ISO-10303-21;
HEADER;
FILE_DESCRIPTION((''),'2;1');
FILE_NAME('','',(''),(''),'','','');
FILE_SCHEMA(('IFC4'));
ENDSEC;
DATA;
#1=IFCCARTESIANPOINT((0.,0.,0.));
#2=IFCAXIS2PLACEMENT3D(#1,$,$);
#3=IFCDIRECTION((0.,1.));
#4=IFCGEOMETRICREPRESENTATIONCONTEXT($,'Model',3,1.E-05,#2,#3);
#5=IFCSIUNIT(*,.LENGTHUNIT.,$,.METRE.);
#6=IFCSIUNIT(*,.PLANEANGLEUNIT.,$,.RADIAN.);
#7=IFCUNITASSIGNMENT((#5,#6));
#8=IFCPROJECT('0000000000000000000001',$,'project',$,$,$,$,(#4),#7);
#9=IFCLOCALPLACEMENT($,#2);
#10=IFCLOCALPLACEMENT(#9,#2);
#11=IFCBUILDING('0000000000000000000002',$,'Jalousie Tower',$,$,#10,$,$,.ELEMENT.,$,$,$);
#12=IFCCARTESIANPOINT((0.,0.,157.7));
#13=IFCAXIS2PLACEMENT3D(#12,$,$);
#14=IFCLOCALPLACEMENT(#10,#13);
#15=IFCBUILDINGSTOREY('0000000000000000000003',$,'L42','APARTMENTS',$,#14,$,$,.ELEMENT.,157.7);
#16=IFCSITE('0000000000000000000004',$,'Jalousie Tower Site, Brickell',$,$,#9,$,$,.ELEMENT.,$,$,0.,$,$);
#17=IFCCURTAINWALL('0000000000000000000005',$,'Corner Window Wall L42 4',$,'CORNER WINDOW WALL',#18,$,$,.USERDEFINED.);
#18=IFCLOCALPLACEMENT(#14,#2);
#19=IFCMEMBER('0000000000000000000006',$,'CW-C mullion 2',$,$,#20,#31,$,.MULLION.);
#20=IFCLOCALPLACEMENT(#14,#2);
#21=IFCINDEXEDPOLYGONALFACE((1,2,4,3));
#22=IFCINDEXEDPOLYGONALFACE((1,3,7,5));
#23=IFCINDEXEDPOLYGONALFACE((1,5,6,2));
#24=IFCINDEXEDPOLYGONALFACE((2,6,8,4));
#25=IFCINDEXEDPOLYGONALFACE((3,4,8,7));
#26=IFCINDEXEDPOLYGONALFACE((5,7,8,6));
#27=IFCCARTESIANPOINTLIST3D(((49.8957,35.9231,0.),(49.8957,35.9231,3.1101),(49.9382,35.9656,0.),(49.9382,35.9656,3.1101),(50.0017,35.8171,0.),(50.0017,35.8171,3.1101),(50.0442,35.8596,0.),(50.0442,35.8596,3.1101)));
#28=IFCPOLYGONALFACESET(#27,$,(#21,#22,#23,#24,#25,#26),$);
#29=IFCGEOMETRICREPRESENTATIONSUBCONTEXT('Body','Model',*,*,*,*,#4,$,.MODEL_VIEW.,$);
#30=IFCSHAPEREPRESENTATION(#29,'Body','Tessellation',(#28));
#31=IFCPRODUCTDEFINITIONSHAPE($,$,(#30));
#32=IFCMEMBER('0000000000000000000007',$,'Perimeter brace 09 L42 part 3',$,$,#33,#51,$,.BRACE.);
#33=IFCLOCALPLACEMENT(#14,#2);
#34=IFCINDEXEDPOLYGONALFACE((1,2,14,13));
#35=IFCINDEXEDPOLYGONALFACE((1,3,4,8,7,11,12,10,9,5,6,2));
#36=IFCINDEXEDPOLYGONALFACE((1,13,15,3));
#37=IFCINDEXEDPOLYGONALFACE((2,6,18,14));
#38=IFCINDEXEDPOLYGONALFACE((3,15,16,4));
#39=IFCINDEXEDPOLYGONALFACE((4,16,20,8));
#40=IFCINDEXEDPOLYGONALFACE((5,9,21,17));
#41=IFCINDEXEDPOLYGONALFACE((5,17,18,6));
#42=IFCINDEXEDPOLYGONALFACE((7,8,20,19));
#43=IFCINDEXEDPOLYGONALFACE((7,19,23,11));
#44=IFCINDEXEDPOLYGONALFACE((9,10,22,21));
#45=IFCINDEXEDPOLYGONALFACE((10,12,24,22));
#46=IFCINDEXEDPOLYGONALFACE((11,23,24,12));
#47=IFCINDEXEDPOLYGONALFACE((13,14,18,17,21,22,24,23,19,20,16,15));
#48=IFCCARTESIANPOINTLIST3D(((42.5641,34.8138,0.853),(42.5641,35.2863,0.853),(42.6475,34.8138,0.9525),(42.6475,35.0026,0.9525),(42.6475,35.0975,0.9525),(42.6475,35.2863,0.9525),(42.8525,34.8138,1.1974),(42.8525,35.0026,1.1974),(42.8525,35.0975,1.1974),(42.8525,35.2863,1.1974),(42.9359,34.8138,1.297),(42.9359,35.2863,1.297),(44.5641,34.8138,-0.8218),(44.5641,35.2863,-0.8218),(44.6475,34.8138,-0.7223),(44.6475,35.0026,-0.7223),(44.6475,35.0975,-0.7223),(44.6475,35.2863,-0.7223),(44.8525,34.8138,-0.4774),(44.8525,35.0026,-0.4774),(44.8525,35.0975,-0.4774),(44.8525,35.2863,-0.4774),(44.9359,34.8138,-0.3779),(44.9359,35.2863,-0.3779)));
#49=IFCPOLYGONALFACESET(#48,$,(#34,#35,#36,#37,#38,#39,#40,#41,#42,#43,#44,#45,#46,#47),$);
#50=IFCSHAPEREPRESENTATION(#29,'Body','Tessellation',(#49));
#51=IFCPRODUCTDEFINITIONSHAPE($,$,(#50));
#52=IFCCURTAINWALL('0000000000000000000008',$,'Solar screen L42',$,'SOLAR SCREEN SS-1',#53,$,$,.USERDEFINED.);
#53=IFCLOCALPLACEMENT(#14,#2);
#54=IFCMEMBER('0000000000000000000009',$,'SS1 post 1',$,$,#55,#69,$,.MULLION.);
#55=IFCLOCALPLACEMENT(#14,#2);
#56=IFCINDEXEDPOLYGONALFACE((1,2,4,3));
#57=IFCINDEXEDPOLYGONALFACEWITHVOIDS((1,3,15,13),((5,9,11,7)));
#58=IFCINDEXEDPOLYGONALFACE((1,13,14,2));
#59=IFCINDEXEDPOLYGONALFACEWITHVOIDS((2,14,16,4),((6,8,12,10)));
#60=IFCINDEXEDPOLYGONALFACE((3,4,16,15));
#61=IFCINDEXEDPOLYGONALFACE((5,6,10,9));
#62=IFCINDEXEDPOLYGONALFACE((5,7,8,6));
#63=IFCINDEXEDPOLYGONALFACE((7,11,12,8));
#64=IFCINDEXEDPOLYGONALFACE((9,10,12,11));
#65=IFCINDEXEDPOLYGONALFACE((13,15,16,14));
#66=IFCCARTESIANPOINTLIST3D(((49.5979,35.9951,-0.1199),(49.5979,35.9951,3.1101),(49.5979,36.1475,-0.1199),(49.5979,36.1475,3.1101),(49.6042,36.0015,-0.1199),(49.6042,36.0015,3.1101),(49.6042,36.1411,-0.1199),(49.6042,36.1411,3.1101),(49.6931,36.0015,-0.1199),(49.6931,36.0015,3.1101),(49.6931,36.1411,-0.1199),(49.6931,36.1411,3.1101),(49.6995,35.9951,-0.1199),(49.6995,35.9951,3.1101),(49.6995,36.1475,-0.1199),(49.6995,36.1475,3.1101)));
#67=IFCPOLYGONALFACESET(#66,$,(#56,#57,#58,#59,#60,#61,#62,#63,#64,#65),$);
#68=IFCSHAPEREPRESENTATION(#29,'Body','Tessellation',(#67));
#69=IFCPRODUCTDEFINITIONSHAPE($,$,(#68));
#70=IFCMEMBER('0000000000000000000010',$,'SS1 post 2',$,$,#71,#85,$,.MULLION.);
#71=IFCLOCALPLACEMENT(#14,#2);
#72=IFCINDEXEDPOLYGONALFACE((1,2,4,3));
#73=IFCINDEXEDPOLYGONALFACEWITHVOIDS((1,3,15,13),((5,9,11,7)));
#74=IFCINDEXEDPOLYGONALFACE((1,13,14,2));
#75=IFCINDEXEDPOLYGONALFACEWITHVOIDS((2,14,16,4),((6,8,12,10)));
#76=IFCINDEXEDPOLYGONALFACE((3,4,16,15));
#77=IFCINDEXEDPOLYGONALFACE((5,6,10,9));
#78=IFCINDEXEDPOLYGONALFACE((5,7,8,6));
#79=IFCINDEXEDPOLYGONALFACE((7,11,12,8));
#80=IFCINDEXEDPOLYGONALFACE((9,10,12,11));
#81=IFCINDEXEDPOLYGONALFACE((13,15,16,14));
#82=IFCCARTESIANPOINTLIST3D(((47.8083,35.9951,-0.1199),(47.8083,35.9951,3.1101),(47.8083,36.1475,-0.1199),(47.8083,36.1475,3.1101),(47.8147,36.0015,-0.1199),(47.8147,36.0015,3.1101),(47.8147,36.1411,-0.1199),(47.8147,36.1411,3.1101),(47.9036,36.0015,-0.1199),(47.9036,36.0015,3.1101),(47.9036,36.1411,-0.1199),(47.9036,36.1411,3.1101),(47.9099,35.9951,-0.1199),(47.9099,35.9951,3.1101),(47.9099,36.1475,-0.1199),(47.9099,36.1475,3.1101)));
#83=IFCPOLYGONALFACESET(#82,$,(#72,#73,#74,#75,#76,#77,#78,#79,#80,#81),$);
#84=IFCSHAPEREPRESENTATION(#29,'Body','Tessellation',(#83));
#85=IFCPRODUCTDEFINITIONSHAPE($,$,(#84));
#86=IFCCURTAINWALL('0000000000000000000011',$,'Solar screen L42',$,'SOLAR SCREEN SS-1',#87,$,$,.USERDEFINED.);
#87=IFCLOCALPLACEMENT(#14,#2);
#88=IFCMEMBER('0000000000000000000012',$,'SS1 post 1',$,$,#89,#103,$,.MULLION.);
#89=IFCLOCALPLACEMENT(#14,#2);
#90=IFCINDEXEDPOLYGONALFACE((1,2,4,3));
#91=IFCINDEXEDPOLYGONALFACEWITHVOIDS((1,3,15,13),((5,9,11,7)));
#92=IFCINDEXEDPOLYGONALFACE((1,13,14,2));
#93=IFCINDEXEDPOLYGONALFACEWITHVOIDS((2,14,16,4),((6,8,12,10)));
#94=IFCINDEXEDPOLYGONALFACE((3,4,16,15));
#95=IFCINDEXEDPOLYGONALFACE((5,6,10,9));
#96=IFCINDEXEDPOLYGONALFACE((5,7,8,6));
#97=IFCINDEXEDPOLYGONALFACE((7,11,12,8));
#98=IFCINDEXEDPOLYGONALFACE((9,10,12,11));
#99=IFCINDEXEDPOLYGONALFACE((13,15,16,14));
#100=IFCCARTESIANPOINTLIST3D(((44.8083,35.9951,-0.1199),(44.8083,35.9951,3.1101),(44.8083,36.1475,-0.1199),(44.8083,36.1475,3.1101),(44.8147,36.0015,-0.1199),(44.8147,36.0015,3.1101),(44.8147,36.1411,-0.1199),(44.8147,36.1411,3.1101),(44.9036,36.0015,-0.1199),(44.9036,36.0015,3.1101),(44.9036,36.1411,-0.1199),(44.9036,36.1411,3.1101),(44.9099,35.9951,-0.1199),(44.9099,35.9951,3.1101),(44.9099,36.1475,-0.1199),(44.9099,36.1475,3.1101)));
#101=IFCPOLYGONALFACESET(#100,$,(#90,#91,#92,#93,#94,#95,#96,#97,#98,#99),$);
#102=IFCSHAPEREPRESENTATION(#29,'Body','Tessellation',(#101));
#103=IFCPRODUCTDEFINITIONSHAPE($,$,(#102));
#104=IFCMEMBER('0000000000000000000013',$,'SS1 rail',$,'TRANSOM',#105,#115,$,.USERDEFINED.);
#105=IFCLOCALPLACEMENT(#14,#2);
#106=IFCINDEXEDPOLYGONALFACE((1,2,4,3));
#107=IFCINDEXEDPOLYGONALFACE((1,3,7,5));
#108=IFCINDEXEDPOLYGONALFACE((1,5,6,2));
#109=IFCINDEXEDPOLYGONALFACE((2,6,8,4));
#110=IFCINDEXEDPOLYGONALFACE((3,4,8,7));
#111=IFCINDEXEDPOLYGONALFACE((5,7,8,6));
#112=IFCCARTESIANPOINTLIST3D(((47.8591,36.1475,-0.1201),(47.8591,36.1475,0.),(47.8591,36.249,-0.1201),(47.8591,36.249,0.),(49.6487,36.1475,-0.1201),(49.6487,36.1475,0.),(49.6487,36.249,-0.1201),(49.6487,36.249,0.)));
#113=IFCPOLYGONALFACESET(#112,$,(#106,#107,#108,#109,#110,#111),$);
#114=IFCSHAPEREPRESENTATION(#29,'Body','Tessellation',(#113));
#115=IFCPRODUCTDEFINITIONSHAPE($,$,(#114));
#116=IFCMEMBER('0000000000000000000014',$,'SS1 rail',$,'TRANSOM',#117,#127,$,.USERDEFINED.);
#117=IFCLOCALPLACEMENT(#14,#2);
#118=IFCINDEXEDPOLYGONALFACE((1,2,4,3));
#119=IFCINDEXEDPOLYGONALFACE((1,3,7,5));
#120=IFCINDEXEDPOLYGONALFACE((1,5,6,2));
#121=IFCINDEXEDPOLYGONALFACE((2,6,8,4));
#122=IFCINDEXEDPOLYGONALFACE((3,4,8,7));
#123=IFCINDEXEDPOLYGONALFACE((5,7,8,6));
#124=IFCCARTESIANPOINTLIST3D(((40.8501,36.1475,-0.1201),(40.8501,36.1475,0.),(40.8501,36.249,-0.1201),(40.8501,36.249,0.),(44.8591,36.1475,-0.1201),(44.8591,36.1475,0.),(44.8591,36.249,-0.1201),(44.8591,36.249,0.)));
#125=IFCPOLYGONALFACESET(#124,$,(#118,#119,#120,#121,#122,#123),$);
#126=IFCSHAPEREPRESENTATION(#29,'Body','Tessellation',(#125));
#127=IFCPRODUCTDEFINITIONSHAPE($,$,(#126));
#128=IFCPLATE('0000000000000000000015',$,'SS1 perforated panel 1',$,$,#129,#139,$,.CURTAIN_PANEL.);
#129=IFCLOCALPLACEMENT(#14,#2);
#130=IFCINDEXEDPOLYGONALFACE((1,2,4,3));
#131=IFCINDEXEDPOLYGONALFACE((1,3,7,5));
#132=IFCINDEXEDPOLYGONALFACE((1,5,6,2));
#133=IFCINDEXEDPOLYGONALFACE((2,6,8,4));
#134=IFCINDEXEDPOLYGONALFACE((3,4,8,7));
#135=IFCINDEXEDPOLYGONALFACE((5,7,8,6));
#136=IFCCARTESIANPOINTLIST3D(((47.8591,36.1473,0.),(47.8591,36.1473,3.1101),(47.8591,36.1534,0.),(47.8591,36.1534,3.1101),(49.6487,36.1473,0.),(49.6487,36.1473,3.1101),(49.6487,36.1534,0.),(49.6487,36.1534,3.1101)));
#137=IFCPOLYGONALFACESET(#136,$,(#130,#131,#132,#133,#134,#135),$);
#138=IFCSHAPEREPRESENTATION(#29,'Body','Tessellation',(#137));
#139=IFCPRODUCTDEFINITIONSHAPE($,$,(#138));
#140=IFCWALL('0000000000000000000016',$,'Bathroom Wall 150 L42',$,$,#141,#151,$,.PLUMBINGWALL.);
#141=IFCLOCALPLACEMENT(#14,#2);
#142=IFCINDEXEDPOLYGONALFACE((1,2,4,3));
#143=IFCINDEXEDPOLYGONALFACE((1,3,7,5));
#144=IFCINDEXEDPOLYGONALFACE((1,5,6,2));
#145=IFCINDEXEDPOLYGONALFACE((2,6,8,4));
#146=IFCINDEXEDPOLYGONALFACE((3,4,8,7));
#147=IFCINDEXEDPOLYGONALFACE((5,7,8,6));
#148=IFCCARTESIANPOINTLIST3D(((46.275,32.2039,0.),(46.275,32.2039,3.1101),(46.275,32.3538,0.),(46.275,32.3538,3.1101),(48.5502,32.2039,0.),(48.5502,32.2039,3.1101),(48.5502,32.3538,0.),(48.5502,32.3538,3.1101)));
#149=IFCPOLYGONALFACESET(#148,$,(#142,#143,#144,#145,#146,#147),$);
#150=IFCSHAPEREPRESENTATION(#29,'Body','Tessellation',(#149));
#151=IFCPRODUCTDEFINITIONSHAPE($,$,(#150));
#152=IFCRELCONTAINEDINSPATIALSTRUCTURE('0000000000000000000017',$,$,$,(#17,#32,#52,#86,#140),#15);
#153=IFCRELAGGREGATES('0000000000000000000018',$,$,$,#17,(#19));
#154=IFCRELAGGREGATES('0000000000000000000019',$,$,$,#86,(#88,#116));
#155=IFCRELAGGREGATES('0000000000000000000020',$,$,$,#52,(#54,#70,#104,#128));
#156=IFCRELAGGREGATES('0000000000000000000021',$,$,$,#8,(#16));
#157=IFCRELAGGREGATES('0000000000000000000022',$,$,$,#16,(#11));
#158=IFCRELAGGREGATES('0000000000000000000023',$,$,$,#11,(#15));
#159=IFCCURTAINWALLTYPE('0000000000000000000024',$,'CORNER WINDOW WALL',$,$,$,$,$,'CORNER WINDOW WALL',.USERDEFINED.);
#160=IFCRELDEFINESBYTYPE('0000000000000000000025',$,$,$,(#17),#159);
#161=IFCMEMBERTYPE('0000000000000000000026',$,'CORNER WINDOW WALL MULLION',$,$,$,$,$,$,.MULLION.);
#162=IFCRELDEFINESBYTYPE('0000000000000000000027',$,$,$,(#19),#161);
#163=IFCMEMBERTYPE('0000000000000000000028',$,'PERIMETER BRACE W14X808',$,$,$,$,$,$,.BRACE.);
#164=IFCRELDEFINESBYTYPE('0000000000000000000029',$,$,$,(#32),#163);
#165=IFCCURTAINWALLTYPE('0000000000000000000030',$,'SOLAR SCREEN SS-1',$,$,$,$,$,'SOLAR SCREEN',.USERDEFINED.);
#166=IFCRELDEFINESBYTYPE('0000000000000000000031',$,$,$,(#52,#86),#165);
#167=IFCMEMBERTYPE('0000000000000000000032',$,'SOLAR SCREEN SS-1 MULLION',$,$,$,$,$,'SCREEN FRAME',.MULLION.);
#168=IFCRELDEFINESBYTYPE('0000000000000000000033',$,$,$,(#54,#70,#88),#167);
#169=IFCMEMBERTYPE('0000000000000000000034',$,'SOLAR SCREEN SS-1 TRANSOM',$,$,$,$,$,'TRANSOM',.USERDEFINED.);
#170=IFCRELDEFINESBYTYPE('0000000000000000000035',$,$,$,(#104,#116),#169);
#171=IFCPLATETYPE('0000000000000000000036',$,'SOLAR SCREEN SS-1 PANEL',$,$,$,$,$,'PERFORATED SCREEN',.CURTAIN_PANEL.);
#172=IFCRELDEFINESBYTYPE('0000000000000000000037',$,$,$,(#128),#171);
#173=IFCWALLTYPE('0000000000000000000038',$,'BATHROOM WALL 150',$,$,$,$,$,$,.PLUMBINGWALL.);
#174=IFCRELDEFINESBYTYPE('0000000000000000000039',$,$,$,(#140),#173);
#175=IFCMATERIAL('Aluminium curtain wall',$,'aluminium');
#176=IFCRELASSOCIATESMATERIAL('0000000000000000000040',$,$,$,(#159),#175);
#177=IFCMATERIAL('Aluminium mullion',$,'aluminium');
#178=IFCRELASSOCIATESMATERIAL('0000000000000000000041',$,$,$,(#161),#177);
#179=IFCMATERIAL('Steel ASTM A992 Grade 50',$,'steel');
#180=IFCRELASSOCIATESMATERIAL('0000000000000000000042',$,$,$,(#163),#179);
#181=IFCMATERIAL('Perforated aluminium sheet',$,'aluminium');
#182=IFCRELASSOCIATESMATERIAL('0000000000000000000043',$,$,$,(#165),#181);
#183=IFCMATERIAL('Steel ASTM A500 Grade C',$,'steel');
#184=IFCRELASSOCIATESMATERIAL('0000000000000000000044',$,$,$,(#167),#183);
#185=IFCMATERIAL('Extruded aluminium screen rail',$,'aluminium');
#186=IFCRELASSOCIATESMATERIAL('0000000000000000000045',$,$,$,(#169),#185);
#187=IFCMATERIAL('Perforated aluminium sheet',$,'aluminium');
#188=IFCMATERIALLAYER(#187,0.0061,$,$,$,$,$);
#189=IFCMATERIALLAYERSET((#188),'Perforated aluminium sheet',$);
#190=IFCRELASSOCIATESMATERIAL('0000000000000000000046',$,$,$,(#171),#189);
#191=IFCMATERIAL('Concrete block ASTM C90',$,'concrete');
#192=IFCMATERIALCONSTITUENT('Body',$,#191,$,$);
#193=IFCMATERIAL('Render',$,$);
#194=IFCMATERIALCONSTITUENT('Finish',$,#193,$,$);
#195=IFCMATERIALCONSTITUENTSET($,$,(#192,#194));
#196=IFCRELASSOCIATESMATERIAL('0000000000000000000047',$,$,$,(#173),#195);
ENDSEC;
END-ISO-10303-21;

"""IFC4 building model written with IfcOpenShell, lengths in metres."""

from ifc_helpers import new_model, si_unit, direction, frame, frame_2d, origin, origin_2d, place, context, subcontext, project, spatial, rectangle, hollow_rectangle, i_section, extrude, material, layer, layer_set, constituent, constituent_set, material_profile, profile_set, type_object, element, aggregate, save


model = new_model("IFC4")

# Units and contexts
model_context = context("Model", 3, precision=1e-05, world=origin(), true_north=direction((0.0, 1.0)))
body_context = subcontext(model_context, "Body", "Model", "MODEL_VIEW")
ifc_project = project(units=[si_unit("LENGTHUNIT", "METRE"), si_unit("PLANEANGLEUNIT", "RADIAN")], contexts=[model_context])

# Site, building, storey
site_placement = place(None, origin())
site = spatial("IfcSite", under=ifc_project, at=site_placement, Name="Jalousie Tower Site, Brickell", CompositionType="ELEMENT", RefElevation=0.0)
building_placement = place(site_placement, origin())
building = spatial("IfcBuilding", under=site, at=building_placement, Name="Jalousie Tower", CompositionType="ELEMENT")
storey_placement = place(building_placement, frame((0.0, 0.0, 157.7)))
storey = spatial("IfcBuildingStorey", under=building, at=storey_placement, Name="L42", Description="APARTMENTS", CompositionType="ELEMENT", Elevation=157.7)

# Curtain wall, member
ifc_material_1 = material(Name="Aluminium curtain wall", Category="aluminium")
curtain_wall_type_1 = type_object("IfcCurtainWallType", Name="CORNER WINDOW WALL", ElementType="CORNER WINDOW WALL", PredefinedType="USERDEFINED", material=ifc_material_1)
curtain_wall_1_placement = place(storey_placement, origin())
curtain_wall_1 = element("IfcCurtainWall", 1, at=curtain_wall_1_placement, inside=storey, type_object=curtain_wall_type_1, Name="Corner Window Wall L42 4", ObjectType="CORNER WINDOW WALL", PredefinedType="USERDEFINED")
ifc_material_2 = material(Name="Aluminium mullion", Category="aluminium")
ifc_material_profile_1 = material_profile(ifc_material_2, rectangle(XDim=0.0601, YDim=0.1499, at=origin_2d()), Name="MULLION 60x150")
ifc_profile_set_1 = profile_set([ifc_material_profile_1], Name="Aluminium mullion")
member_type_1 = type_object("IfcMemberType", Name="CORNER WINDOW WALL MULLION", PredefinedType="MULLION", material=ifc_profile_set_1)
member_1_placement = place(storey_placement, frame((49.97, 35.8914, 0.0), z_axis=(0.0, 0.0, 1.0), x_axis=(-0.707107, -0.707107, 0.0)))
member_1 = element("IfcMember", 2, at=member_1_placement, type_object=member_type_1, Name="CW-C mullion 2", PredefinedType="MULLION", context=body_context, shape_type="SweptSolid", body=[
    extrude(rectangle(XDim=0.0601, YDim=0.1499, at=origin_2d()), origin(), (0.0, 0.0, 1.0), 3.1101),
])
aggregate(curtain_wall_1, [member_1])

# Member
ifc_material_3 = material(Name="Steel ASTM A992 Grade 50", Category="steel")
ifc_material_profile_2 = material_profile(ifc_material_3, i_section(OverallWidth=0.4724, OverallDepth=0.5791, WebThickness=0.095, FlangeThickness=0.1299, at=origin_2d()), Name="W14X808")
ifc_profile_set_2 = profile_set([ifc_material_profile_2], Name="Steel ASTM A992 Grade 50")
member_type_2 = type_object("IfcMemberType", Name="PERIMETER BRACE W14X808", PredefinedType="BRACE", material=ifc_profile_set_2)
member_2_placement = place(storey_placement, frame((44.75, 35.05, -0.5999), z_axis=(-0.766685, 0.0, 0.642024), x_axis=(0.0, -1.0, 0.0)))
element("IfcMember", 3, at=member_2_placement, inside=storey, type_object=member_type_2, Name="Perimeter brace 09 L42 part 3", PredefinedType="BRACE", context=body_context, shape_type="SweptSolid", body=[
    extrude(i_section(OverallWidth=0.4724, OverallDepth=0.5791, WebThickness=0.095, FlangeThickness=0.1299, at=origin_2d()), origin(), (0.0, 0.0, 1.0), 2.6086),
])

# Curtain wall, members
ifc_material_4 = material(Name="Perforated aluminium sheet", Category="aluminium")
curtain_wall_type_2 = type_object("IfcCurtainWallType", Name="SOLAR SCREEN SS-1", ElementType="SOLAR SCREEN", PredefinedType="USERDEFINED", material=ifc_material_4)
curtain_wall_2_placement = place(storey_placement, origin())
curtain_wall_2 = element("IfcCurtainWall", 4, at=curtain_wall_2_placement, inside=storey, type_object=curtain_wall_type_2, Name="Solar screen L42", ObjectType="SOLAR SCREEN SS-1", PredefinedType="USERDEFINED")
ifc_material_5 = material(Name="Steel ASTM A500 Grade C", Category="steel")
ifc_material_profile_3 = material_profile(ifc_material_5, hollow_rectangle(XDim=0.1016, YDim=0.1523, WallThickness=0.0063, at=origin_2d()), Name="HSS6X4X1/4")
ifc_profile_set_3 = profile_set([ifc_material_profile_3], Name="Steel ASTM A500 Grade C")
member_type_3 = type_object("IfcMemberType", Name="SOLAR SCREEN SS-1 MULLION", ElementType="SCREEN FRAME", PredefinedType="MULLION", material=ifc_profile_set_3)
member_3_placement = place(storey_placement, frame((49.6487, 36.0713, -0.1199), z_axis=(0.0, 0.0, 1.0), x_axis=(-1.0, 0.0, 0.0)))
member_3 = element("IfcMember", 5, at=member_3_placement, type_object=member_type_3, Name="SS1 post 1", PredefinedType="MULLION", context=body_context, shape_type="SweptSolid", body=[
    extrude(hollow_rectangle(XDim=0.1016, YDim=0.1523, WallThickness=0.0063, at=origin_2d()), origin(), (0.0, 0.0, 1.0), 3.23),
])
member_4_placement = place(storey_placement, frame((47.8591, 36.0713, -0.1199), z_axis=(0.0, 0.0, 1.0), x_axis=(-1.0, 0.0, 0.0)))
member_4 = element("IfcMember", 6, at=member_4_placement, type_object=member_type_3, Name="SS1 post 2", PredefinedType="MULLION", context=body_context, shape_type="SweptSolid", body=[
    extrude(hollow_rectangle(XDim=0.1016, YDim=0.1523, WallThickness=0.0063, at=origin_2d()), origin(), (0.0, 0.0, 1.0), 3.23),
])

# Curtain wall, member
curtain_wall_3_placement = place(storey_placement, origin())
curtain_wall_3 = element("IfcCurtainWall", 7, at=curtain_wall_3_placement, inside=storey, type_object=curtain_wall_type_2, Name="Solar screen L42", ObjectType="SOLAR SCREEN SS-1", PredefinedType="USERDEFINED")
member_5_placement = place(storey_placement, frame((44.8591, 36.0713, -0.1199), z_axis=(0.0, 0.0, 1.0), x_axis=(-1.0, 0.0, 0.0)))
member_5 = element("IfcMember", 8, at=member_5_placement, type_object=member_type_3, Name="SS1 post 1", PredefinedType="MULLION", context=body_context, shape_type="SweptSolid", body=[
    extrude(hollow_rectangle(XDim=0.1016, YDim=0.1523, WallThickness=0.0063, at=origin_2d()), origin(), (0.0, 0.0, 1.0), 3.23),
])

# Members
ifc_material_6 = material(Name="Extruded aluminium screen rail", Category="aluminium")
ifc_material_profile_4 = material_profile(ifc_material_6, rectangle(XDim=0.1016, YDim=0.1201, at=origin_2d()), Name="RAIL 102x120")
ifc_profile_set_4 = profile_set([ifc_material_profile_4], Name="Extruded aluminium screen rail")
member_type_4 = type_object("IfcMemberType", Name="SOLAR SCREEN SS-1 TRANSOM", ElementType="TRANSOM", PredefinedType="USERDEFINED", material=ifc_profile_set_4)
member_6_placement = place(storey_placement, frame((49.6487, 36.1982, -0.0601), z_axis=(-1.0, 0.0, 0.0), x_axis=(0.0, -1.0, 0.0)))
member_6 = element("IfcMember", 9, at=member_6_placement, type_object=member_type_4, Name="SS1 rail", ObjectType="TRANSOM", PredefinedType="USERDEFINED", context=body_context, shape_type="SweptSolid", body=[
    extrude(rectangle(XDim=0.1016, YDim=0.1201, at=origin_2d()), origin(), (0.0, 0.0, 1.0), 1.7896),
])
member_7_placement = place(storey_placement, frame((44.8591, 36.1982, -0.0601), z_axis=(-1.0, 0.0, 0.0), x_axis=(0.0, -1.0, 0.0)))
member_7 = element("IfcMember", 10, at=member_7_placement, type_object=member_type_4, Name="SS1 rail", ObjectType="TRANSOM", PredefinedType="USERDEFINED", context=body_context, shape_type="SweptSolid", body=[
    extrude(rectangle(XDim=0.1016, YDim=0.1201, at=origin_2d()), origin(), (0.0, 0.0, 1.0), 4.009),
])
aggregate(curtain_wall_3, [member_5, member_7])

# Plate
ifc_material_7 = material(Name="Perforated aluminium sheet", Category="aluminium")
ifc_layer = layer(ifc_material_7, 0.0061)
ifc_layer_set = layer_set([ifc_layer], Name="Perforated aluminium sheet")
plate_type = type_object("IfcPlateType", Name="SOLAR SCREEN SS-1 PANEL", ElementType="PERFORATED SCREEN", PredefinedType="CURTAIN_PANEL", material=ifc_layer_set)
plate_placement = place(storey_placement, frame((48.7539, 36.1504, 0.0), z_axis=(0.0, 0.0, 1.0), x_axis=(-1.0, 0.0, 0.0)))
plate = element("IfcPlate", 11, at=plate_placement, type_object=plate_type, Name="SS1 perforated panel 1", PredefinedType="CURTAIN_PANEL", context=body_context, shape_type="SweptSolid", body=[
    extrude(rectangle(XDim=1.7896, YDim=0.0061, at=origin_2d()), origin(), (0.0, 0.0, 1.0), 3.1101),
])
aggregate(curtain_wall_2, [member_3, member_4, member_6, plate])

# Wall
ifc_material_8 = material(Name="Concrete block ASTM C90", Category="concrete")
ifc_constituent_1 = constituent(ifc_material_8, Name="Body")
ifc_material_9 = material(Name="Render")
ifc_constituent_2 = constituent(ifc_material_9, Name="Finish")
ifc_constituent_set_1 = constituent_set(constituents=[ifc_constituent_1, ifc_constituent_2])
wall_type_1 = type_object("IfcWallType", Name="BATHROOM WALL 150", PredefinedType="PLUMBINGWALL", material=ifc_constituent_set_1)
wall_1_placement = place(storey_placement, frame((46.2749, 32.2788, 0.0), z_axis=(0.0, 0.0, 1.0), x_axis=(1.0, 0.0, 0.0)))
element("IfcWall", 12, at=wall_1_placement, inside=storey, type_object=wall_type_1, Name="Bathroom Wall 150 L42", PredefinedType="PLUMBINGWALL", context=body_context, shape_type="SweptSolid", body=[
    extrude(rectangle(XDim=2.2751, YDim=0.1499, at=frame_2d((1.1377, 0.0))), origin(), (0.0, 0.0, 1.0), 3.1101),
])

save(model, "model.ifc")
